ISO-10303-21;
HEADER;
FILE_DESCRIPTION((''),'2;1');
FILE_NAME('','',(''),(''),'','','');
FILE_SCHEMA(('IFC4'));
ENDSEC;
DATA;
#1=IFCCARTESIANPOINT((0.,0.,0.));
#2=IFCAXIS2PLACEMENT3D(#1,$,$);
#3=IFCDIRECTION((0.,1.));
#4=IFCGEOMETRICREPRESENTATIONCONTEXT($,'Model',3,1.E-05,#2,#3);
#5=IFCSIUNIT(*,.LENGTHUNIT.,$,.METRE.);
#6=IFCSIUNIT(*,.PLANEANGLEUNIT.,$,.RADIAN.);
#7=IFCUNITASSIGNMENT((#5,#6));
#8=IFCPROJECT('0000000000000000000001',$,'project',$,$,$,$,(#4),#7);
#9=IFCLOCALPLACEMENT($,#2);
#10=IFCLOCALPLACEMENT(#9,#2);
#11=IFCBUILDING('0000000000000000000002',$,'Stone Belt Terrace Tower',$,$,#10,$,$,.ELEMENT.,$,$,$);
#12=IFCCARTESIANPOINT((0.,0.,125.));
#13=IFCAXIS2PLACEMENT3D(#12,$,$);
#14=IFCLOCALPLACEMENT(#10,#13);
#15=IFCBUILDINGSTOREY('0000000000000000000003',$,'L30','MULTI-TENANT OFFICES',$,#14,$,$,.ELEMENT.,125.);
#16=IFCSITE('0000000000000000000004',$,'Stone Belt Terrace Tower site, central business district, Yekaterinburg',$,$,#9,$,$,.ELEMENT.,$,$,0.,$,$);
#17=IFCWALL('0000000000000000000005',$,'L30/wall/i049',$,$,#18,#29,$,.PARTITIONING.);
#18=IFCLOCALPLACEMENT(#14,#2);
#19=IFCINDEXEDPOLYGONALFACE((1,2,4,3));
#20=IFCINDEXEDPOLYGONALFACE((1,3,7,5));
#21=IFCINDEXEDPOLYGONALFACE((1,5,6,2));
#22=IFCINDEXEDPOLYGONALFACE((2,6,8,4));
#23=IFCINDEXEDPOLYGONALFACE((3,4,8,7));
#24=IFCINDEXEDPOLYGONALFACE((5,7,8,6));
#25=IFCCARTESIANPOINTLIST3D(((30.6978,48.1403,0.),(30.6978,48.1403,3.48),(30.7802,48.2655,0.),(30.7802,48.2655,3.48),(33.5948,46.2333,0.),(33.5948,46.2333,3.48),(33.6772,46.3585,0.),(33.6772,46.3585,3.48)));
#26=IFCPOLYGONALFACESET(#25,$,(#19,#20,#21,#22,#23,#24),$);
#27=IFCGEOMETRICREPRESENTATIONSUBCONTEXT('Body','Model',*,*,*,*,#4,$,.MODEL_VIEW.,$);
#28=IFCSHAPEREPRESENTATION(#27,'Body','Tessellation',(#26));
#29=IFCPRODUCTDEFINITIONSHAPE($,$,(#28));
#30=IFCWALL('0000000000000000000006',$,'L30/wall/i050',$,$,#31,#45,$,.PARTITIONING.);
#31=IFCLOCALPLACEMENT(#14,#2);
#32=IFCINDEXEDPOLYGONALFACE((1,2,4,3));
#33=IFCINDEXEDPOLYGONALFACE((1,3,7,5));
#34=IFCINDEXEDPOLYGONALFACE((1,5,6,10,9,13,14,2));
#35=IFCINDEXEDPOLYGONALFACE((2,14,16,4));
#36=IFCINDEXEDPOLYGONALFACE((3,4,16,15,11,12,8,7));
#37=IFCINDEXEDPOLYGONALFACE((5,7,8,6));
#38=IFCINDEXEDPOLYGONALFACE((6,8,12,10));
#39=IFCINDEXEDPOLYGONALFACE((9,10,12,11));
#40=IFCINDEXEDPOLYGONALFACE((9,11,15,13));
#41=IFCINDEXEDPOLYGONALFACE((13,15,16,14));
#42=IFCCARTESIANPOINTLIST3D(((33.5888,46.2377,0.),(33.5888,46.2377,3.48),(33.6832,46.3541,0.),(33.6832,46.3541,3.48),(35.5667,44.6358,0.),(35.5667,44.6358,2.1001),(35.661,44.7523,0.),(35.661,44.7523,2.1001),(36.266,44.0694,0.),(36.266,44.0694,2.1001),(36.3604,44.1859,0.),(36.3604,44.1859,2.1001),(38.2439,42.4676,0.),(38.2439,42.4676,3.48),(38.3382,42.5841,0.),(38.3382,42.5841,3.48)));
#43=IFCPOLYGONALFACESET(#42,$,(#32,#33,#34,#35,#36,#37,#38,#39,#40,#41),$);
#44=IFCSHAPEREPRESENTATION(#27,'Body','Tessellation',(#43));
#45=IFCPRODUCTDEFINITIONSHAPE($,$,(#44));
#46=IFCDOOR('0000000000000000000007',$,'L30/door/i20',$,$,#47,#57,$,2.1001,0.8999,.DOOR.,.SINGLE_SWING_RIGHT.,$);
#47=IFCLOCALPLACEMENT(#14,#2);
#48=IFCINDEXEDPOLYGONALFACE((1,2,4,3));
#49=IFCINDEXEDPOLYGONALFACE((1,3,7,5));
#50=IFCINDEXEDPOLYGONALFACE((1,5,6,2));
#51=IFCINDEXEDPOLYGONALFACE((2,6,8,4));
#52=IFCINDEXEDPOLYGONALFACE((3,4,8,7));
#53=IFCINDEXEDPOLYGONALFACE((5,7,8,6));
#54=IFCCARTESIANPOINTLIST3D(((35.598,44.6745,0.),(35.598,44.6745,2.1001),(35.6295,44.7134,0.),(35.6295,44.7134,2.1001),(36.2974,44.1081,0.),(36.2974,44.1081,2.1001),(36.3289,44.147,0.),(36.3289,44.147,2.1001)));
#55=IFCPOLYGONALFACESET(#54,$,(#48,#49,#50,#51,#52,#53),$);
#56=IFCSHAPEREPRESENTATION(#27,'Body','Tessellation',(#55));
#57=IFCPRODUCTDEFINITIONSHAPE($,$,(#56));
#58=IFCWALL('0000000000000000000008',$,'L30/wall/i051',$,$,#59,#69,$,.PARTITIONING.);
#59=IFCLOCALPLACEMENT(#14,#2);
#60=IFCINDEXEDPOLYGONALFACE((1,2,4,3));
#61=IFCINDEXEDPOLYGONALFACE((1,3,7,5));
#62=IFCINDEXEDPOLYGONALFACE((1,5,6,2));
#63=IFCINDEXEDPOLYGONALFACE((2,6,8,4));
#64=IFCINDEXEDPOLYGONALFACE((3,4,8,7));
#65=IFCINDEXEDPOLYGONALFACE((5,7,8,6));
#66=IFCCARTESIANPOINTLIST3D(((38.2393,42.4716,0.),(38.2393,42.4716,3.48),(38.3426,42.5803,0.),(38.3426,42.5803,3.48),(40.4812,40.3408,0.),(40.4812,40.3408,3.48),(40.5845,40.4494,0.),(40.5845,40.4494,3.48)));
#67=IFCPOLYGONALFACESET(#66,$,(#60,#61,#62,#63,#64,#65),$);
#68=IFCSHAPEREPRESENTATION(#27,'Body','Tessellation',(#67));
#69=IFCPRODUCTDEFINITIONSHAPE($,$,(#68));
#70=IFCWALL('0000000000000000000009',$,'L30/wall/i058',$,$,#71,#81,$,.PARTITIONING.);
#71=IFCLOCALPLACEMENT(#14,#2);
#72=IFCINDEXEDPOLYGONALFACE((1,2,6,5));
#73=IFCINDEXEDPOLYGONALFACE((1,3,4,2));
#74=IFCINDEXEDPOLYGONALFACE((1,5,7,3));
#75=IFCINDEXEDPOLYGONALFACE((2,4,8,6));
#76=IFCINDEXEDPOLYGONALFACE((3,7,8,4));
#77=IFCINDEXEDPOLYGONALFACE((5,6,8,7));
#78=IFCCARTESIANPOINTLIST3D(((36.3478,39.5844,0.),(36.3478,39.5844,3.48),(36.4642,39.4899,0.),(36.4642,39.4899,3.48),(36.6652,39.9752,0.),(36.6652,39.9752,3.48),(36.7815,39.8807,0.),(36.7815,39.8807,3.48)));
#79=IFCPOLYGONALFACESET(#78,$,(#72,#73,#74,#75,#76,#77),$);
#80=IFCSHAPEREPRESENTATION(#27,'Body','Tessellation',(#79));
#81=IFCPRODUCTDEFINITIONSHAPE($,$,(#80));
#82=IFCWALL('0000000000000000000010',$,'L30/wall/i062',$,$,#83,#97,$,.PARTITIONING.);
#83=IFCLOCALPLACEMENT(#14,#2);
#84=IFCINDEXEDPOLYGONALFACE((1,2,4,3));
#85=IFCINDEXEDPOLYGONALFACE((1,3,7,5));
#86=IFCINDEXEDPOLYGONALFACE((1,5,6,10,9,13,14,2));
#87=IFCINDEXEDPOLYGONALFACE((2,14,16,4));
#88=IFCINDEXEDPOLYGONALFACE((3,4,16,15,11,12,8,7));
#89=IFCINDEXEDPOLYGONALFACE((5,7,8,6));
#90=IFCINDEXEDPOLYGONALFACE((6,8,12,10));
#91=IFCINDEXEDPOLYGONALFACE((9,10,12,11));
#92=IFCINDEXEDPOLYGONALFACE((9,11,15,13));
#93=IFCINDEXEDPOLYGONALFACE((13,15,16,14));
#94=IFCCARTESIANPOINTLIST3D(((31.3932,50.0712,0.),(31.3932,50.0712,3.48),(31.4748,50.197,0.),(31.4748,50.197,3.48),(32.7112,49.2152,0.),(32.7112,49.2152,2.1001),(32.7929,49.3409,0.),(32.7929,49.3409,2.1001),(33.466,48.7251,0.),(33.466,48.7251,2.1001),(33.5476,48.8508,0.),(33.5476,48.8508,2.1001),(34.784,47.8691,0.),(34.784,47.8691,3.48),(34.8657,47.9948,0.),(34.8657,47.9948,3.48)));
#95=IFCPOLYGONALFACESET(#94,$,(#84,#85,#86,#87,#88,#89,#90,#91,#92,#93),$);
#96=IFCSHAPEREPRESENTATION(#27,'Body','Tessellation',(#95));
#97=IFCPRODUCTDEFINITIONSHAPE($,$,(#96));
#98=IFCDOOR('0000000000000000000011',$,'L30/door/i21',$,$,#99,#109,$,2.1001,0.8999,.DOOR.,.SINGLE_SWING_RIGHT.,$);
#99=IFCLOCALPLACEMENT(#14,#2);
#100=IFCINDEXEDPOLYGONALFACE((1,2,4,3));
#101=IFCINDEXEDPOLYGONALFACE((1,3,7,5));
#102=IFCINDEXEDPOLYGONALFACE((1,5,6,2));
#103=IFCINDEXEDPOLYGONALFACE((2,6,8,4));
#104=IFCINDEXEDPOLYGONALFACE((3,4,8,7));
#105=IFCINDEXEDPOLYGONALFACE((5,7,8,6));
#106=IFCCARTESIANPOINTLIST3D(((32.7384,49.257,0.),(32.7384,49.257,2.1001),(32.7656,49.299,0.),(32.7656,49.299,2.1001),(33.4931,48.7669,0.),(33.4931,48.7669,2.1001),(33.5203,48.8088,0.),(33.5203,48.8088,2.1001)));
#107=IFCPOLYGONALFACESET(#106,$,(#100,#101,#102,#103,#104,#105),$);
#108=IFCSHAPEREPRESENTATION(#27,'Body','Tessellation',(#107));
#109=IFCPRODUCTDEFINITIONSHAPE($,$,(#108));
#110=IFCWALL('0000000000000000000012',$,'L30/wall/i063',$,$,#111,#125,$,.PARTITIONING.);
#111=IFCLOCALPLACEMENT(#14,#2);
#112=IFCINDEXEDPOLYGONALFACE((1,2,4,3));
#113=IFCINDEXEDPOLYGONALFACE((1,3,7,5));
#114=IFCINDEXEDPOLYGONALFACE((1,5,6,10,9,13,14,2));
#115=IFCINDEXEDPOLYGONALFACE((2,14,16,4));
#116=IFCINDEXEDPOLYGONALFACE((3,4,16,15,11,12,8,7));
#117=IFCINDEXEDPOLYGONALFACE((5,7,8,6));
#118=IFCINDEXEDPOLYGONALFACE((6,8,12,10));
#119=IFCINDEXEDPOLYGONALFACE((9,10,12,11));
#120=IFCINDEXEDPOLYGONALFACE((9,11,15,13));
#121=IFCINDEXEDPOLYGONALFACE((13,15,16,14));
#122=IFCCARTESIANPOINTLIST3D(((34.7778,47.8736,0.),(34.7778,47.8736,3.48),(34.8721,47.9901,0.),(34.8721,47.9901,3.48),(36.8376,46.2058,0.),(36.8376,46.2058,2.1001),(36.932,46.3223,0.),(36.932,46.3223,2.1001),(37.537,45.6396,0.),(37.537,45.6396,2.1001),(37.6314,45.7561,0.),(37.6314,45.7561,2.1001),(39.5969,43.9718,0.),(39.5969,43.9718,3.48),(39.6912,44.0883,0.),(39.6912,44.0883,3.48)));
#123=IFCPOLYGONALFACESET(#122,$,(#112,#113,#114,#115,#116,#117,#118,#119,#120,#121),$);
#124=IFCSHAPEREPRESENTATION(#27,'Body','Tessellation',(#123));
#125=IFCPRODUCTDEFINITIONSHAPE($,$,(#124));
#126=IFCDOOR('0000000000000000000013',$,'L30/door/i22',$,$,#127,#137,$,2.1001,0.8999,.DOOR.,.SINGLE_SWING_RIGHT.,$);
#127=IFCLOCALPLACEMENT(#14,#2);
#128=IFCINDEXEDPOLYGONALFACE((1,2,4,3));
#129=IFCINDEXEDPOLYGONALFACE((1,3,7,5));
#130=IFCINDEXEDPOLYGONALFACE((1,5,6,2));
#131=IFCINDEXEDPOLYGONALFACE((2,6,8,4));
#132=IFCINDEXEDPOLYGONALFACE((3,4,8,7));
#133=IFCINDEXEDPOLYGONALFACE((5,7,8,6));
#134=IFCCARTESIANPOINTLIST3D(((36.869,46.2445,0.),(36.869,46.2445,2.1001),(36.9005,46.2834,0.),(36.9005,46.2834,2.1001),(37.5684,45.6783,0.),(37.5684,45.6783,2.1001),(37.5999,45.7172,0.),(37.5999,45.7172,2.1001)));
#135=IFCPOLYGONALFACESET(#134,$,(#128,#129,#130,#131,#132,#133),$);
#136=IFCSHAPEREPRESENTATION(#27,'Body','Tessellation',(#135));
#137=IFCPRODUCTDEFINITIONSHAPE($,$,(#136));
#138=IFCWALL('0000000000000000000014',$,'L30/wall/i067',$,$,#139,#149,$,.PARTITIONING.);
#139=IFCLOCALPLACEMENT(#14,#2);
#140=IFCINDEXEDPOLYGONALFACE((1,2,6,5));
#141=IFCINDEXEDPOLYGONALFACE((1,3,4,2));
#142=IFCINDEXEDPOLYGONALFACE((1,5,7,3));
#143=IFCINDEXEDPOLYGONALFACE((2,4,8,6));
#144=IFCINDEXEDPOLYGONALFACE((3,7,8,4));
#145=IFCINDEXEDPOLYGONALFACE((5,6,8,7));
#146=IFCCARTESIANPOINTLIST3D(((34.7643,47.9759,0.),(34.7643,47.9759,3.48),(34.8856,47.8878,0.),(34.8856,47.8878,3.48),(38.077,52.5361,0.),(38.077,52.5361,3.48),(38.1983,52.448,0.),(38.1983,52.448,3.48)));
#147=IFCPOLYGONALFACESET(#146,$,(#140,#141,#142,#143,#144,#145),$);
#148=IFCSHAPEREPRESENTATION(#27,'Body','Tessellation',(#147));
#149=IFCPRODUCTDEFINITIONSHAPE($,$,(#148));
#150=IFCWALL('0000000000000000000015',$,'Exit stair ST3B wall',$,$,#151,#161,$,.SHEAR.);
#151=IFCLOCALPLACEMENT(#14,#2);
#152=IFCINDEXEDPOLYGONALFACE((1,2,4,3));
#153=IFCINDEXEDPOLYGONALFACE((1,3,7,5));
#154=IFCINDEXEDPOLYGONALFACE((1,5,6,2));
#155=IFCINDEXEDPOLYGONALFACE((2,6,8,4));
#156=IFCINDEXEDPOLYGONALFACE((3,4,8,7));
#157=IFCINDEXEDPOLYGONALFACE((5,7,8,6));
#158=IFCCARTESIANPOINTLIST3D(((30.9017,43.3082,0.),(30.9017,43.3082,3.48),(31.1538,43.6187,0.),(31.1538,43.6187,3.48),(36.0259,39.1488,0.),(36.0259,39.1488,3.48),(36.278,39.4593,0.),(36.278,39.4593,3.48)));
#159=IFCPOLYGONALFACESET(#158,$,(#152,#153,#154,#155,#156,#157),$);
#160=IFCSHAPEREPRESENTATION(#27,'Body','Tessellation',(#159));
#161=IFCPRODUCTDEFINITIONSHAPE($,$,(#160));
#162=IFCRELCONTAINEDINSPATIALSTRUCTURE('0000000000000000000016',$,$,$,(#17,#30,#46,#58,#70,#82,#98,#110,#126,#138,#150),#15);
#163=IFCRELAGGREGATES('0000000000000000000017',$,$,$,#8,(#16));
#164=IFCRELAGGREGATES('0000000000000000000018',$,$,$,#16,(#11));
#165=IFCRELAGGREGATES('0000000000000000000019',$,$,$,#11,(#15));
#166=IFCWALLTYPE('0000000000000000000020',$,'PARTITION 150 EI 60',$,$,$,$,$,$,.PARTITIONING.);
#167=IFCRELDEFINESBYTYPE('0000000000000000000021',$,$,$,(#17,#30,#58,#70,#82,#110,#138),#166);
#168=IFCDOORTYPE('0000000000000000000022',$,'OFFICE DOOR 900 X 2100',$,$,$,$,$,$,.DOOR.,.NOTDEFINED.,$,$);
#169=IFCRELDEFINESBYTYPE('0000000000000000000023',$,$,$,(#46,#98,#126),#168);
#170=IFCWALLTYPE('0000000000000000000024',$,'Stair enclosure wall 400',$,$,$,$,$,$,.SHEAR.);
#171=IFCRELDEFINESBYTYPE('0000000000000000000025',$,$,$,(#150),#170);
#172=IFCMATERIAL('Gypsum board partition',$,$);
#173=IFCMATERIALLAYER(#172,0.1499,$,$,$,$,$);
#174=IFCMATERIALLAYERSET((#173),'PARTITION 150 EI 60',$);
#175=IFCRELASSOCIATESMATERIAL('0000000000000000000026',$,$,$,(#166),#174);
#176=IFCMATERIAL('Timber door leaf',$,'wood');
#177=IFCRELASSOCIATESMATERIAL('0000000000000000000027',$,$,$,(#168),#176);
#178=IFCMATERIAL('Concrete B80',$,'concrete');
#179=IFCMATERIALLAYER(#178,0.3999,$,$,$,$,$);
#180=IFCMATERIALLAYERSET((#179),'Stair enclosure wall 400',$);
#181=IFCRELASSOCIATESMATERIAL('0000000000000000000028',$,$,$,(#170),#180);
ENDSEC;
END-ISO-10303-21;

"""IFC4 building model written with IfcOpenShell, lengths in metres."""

from ifc_helpers import new_model, si_unit, direction, frame, frame_2d, origin, place, context, subcontext, project, spatial, rectangle, extrude, material, layer, layer_set, type_object, element, fill, save


model = new_model("IFC4")

# Units and contexts
model_context = context("Model", 3, precision=1e-05, world=origin(), true_north=direction((0.0, 1.0)))
body_context = subcontext(model_context, "Body", "Model", "MODEL_VIEW")
ifc_project = project(units=[si_unit("LENGTHUNIT", "METRE"), si_unit("PLANEANGLEUNIT", "RADIAN")], contexts=[model_context])

# Site, building, storey
site_placement = place(None, origin())
site = spatial("IfcSite", under=ifc_project, at=site_placement, Name="Stone Belt Terrace Tower site, central business district, Yekaterinburg", CompositionType="ELEMENT", RefElevation=0.0)
building_placement = place(site_placement, origin())
building = spatial("IfcBuilding", under=site, at=building_placement, Name="Stone Belt Terrace Tower", CompositionType="ELEMENT")
storey_placement = place(building_placement, frame((0.0, 0.0, 125.0)))
storey = spatial("IfcBuildingStorey", under=building, at=storey_placement, Name="L30", Description="MULTI-TENANT OFFICES", CompositionType="ELEMENT", Elevation=125.0)

# Shared definitions
ifc_material_1 = material(Name="Concrete B80", Category="concrete")

# Shared definitions
ifc_material_2 = material(Name="Gypsum board partition")
ifc_layer_1 = layer(ifc_material_2, 0.1499)
ifc_layer_set_1 = layer_set([ifc_layer_1], Name="PARTITION 150 EI 60")
wall_type_1 = type_object("IfcWallType", Name="PARTITION 150 EI 60", PredefinedType="PARTITIONING", material=ifc_layer_set_1)
ifc_material_3 = material(Name="Timber door leaf", Category="wood")
door_type_1 = type_object("IfcDoorType", Name="OFFICE DOOR 900 X 2100", OperationType="NOTDEFINED", PredefinedType="DOOR", material=ifc_material_3)

# Wall
wall_1_placement = place(storey_placement, frame((30.739, 48.2029, 0.0), z_axis=(0.0, 0.0, 1.0), x_axis=(0.835274, -0.549834, 0.0)))
element("IfcWall", 1, at=wall_1_placement, inside=storey, type_object=wall_type_1, Name="L30/wall/i049", PredefinedType="PARTITIONING", context=body_context, shape_type="SweptSolid", body=[
    extrude(rectangle(XDim=3.4683, YDim=0.1499, at=frame_2d((1.7341, 0.0))), origin(), (0.0, 0.0, 1.0), 3.48),
])

# Wall, opening, door
wall_2_placement = place(storey_placement, frame((33.636, 46.2959, 0.0), z_axis=(0.0, 0.0, 1.0), x_axis=(0.777109, -0.629366, 0.0)))
wall_2 = element("IfcWall", 2, at=wall_2_placement, inside=storey, type_object=wall_type_1, Name="L30/wall/i050", PredefinedType="PARTITIONING", context=body_context, shape_type="SweptSolid", body=[
    extrude(rectangle(XDim=5.9902, YDim=0.1499, at=frame_2d((2.9951, 0.0))), origin(), (0.0, 0.0, 1.0), 3.48),
])
opening_1_placement = place(wall_2_placement, frame((2.5452, 0.0, 0.0)))
opening_1 = element("IfcOpeningElement", 3, at=opening_1_placement, cuts=wall_2, PredefinedType="OPENING", context=body_context, shape_type="SweptSolid", body=[
    extrude(rectangle(XDim=0.8999, YDim=2.1001, at=frame_2d((0.45, 1.05))), frame((0.0, 0.085, 0.0), z_axis=(0.0, -1.0, 0.0), x_axis=(1.0, 0.0, 0.0)), (0.0, 0.0, 1.0), 0.1699),
])
door_1_placement = place(opening_1_placement, origin())
door_1 = element("IfcDoor", 4, at=door_1_placement, inside=storey, type_object=door_type_1, Name="L30/door/i20", OperationType="SINGLE_SWING_RIGHT", OverallHeight=2.1001, OverallWidth=0.8999, PredefinedType="DOOR", context=body_context, shape_type="SweptSolid", body=[
    extrude(rectangle(XDim=0.8999, YDim=2.1001, at=frame_2d((0.45, 1.05))), frame((0.0, 0.0249, 0.0), z_axis=(0.0, -1.0, 0.0), x_axis=(1.0, 0.0, 0.0)), (0.0, 0.0, 1.0), 0.05),
])
fill(opening_1, door_1)

# Walls
wall_3_placement = place(storey_placement, frame((38.291, 42.5259, 0.0), z_axis=(0.0, 0.0, 1.0), x_axis=(0.724836, -0.688922, 0.0)))
element("IfcWall", 5, at=wall_3_placement, inside=storey, type_object=wall_type_1, Name="L30/wall/i051", PredefinedType="PARTITIONING", context=body_context, shape_type="SweptSolid", body=[
    extrude(rectangle(XDim=3.093, YDim=0.1499, at=frame_2d((1.5464, 0.0))), origin(), (0.0, 0.0, 1.0), 3.48),
])
wall_4_placement = place(storey_placement, frame((36.406, 39.5371, 0.0), z_axis=(0.0, 0.0, 1.0), x_axis=(0.630355, 0.776307, 0.0)))
element("IfcWall", 6, at=wall_4_placement, inside=storey, type_object=wall_type_1, Name="L30/wall/i058", PredefinedType="PARTITIONING", context=body_context, shape_type="SweptSolid", body=[
    extrude(rectangle(XDim=0.5034, YDim=0.1499, at=frame_2d((0.2517, 0.0))), origin(), (0.0, 0.0, 1.0), 3.48),
])

# Walls, openings, doors
wall_5_placement = place(storey_placement, frame((31.4341, 50.134, 0.0), z_axis=(0.0, 0.0, 1.0), x_axis=(0.83866, -0.544655, 0.0)))
wall_5 = element("IfcWall", 7, at=wall_5_placement, inside=storey, type_object=wall_type_1, Name="L30/wall/i062", PredefinedType="PARTITIONING", context=body_context, shape_type="SweptSolid", body=[
    extrude(rectangle(XDim=4.0432, YDim=0.1499, at=frame_2d((2.0215, 0.0))), origin(), (0.0, 0.0, 1.0), 3.48),
])
opening_2_placement = place(wall_5_placement, frame((1.5715, 0.0, 0.0)))
opening_2 = element("IfcOpeningElement", 8, at=opening_2_placement, cuts=wall_5, PredefinedType="OPENING", context=body_context, shape_type="SweptSolid", body=[
    extrude(rectangle(XDim=0.8999, YDim=2.1001, at=frame_2d((0.45, 1.05))), frame((0.0, 0.085, 0.0), z_axis=(0.0, -1.0, 0.0), x_axis=(1.0, 0.0, 0.0)), (0.0, 0.0, 1.0), 0.1699),
])
door_2_placement = place(opening_2_placement, origin())
door_2 = element("IfcDoor", 9, at=door_2_placement, inside=storey, type_object=door_type_1, Name="L30/door/i21", OperationType="SINGLE_SWING_RIGHT", OverallHeight=2.1001, OverallWidth=0.8999, PredefinedType="DOOR", context=body_context, shape_type="SweptSolid", body=[
    extrude(rectangle(XDim=0.8999, YDim=2.1001, at=frame_2d((0.45, 1.05))), frame((0.0, 0.0249, 0.0), z_axis=(0.0, -1.0, 0.0), x_axis=(1.0, 0.0, 0.0)), (0.0, 0.0, 1.0), 0.05),
])
fill(opening_2, door_2)
wall_6_placement = place(storey_placement, frame((34.825, 47.9319, 0.0), z_axis=(0.0, 0.0, 1.0), x_axis=(0.777191, -0.629265, 0.0)))
wall_6 = element("IfcWall", 10, at=wall_6_placement, inside=storey, type_object=wall_type_1, Name="L30/wall/i063", PredefinedType="PARTITIONING", context=body_context, shape_type="SweptSolid", body=[
    extrude(rectangle(XDim=6.2007, YDim=0.1499, at=frame_2d((3.1003, 0.0))), origin(), (0.0, 0.0, 1.0), 3.48),
])
opening_3_placement = place(wall_6_placement, frame((2.6504, 0.0, 0.0)))
opening_3 = element("IfcOpeningElement", 11, at=opening_3_placement, cuts=wall_6, PredefinedType="OPENING", context=body_context, shape_type="SweptSolid", body=[
    extrude(rectangle(XDim=0.8999, YDim=2.1001, at=frame_2d((0.45, 1.05))), frame((0.0, 0.085, 0.0), z_axis=(0.0, -1.0, 0.0), x_axis=(1.0, 0.0, 0.0)), (0.0, 0.0, 1.0), 0.1699),
])
door_3_placement = place(opening_3_placement, origin())
door_3 = element("IfcDoor", 12, at=door_3_placement, inside=storey, type_object=door_type_1, Name="L30/door/i22", OperationType="SINGLE_SWING_RIGHT", OverallHeight=2.1001, OverallWidth=0.8999, PredefinedType="DOOR", context=body_context, shape_type="SweptSolid", body=[
    extrude(rectangle(XDim=0.8999, YDim=2.1001, at=frame_2d((0.45, 1.05))), frame((0.0, 0.0249, 0.0), z_axis=(0.0, -1.0, 0.0), x_axis=(1.0, 0.0, 0.0)), (0.0, 0.0, 1.0), 0.05),
])
fill(opening_3, door_3)

# Walls
wall_7_placement = place(storey_placement, frame((38.1377, 52.4922, 0.0), z_axis=(0.0, 0.0, 1.0), x_axis=(-0.587726, -0.80906, 0.0)))
element("IfcWall", 13, at=wall_7_placement, inside=storey, type_object=wall_type_1, Name="L30/wall/i067", PredefinedType="PARTITIONING", context=body_context, shape_type="SweptSolid", body=[
    extrude(rectangle(XDim=5.6365, YDim=0.1499, at=frame_2d((2.8184, 0.0))), origin(), (0.0, 0.0, 1.0), 3.48),
])
ifc_layer_2 = layer(ifc_material_1, 0.3999)
ifc_layer_set_2 = layer_set([ifc_layer_2], Name="Stair enclosure wall 400")
wall_type_2 = type_object("IfcWallType", Name="Stair enclosure wall 400", PredefinedType="SHEAR", material=ifc_layer_set_2)
wall_8_placement = place(storey_placement, frame((31.0278, 43.4634, 0.0), z_axis=(0.0, 0.0, 1.0), x_axis=(0.776414, -0.630224, 0.0)))
element("IfcWall", 14, at=wall_8_placement, inside=storey, type_object=wall_type_2, Name="Exit stair ST3B wall", PredefinedType="SHEAR", context=body_context, shape_type="SweptSolid", body=[
    extrude(rectangle(XDim=6.5999, YDim=0.3999, at=frame_2d((3.2998, 0.0))), origin(), (0.0, 0.0, 1.0), 3.48),
])

save(model, "model.ifc")
